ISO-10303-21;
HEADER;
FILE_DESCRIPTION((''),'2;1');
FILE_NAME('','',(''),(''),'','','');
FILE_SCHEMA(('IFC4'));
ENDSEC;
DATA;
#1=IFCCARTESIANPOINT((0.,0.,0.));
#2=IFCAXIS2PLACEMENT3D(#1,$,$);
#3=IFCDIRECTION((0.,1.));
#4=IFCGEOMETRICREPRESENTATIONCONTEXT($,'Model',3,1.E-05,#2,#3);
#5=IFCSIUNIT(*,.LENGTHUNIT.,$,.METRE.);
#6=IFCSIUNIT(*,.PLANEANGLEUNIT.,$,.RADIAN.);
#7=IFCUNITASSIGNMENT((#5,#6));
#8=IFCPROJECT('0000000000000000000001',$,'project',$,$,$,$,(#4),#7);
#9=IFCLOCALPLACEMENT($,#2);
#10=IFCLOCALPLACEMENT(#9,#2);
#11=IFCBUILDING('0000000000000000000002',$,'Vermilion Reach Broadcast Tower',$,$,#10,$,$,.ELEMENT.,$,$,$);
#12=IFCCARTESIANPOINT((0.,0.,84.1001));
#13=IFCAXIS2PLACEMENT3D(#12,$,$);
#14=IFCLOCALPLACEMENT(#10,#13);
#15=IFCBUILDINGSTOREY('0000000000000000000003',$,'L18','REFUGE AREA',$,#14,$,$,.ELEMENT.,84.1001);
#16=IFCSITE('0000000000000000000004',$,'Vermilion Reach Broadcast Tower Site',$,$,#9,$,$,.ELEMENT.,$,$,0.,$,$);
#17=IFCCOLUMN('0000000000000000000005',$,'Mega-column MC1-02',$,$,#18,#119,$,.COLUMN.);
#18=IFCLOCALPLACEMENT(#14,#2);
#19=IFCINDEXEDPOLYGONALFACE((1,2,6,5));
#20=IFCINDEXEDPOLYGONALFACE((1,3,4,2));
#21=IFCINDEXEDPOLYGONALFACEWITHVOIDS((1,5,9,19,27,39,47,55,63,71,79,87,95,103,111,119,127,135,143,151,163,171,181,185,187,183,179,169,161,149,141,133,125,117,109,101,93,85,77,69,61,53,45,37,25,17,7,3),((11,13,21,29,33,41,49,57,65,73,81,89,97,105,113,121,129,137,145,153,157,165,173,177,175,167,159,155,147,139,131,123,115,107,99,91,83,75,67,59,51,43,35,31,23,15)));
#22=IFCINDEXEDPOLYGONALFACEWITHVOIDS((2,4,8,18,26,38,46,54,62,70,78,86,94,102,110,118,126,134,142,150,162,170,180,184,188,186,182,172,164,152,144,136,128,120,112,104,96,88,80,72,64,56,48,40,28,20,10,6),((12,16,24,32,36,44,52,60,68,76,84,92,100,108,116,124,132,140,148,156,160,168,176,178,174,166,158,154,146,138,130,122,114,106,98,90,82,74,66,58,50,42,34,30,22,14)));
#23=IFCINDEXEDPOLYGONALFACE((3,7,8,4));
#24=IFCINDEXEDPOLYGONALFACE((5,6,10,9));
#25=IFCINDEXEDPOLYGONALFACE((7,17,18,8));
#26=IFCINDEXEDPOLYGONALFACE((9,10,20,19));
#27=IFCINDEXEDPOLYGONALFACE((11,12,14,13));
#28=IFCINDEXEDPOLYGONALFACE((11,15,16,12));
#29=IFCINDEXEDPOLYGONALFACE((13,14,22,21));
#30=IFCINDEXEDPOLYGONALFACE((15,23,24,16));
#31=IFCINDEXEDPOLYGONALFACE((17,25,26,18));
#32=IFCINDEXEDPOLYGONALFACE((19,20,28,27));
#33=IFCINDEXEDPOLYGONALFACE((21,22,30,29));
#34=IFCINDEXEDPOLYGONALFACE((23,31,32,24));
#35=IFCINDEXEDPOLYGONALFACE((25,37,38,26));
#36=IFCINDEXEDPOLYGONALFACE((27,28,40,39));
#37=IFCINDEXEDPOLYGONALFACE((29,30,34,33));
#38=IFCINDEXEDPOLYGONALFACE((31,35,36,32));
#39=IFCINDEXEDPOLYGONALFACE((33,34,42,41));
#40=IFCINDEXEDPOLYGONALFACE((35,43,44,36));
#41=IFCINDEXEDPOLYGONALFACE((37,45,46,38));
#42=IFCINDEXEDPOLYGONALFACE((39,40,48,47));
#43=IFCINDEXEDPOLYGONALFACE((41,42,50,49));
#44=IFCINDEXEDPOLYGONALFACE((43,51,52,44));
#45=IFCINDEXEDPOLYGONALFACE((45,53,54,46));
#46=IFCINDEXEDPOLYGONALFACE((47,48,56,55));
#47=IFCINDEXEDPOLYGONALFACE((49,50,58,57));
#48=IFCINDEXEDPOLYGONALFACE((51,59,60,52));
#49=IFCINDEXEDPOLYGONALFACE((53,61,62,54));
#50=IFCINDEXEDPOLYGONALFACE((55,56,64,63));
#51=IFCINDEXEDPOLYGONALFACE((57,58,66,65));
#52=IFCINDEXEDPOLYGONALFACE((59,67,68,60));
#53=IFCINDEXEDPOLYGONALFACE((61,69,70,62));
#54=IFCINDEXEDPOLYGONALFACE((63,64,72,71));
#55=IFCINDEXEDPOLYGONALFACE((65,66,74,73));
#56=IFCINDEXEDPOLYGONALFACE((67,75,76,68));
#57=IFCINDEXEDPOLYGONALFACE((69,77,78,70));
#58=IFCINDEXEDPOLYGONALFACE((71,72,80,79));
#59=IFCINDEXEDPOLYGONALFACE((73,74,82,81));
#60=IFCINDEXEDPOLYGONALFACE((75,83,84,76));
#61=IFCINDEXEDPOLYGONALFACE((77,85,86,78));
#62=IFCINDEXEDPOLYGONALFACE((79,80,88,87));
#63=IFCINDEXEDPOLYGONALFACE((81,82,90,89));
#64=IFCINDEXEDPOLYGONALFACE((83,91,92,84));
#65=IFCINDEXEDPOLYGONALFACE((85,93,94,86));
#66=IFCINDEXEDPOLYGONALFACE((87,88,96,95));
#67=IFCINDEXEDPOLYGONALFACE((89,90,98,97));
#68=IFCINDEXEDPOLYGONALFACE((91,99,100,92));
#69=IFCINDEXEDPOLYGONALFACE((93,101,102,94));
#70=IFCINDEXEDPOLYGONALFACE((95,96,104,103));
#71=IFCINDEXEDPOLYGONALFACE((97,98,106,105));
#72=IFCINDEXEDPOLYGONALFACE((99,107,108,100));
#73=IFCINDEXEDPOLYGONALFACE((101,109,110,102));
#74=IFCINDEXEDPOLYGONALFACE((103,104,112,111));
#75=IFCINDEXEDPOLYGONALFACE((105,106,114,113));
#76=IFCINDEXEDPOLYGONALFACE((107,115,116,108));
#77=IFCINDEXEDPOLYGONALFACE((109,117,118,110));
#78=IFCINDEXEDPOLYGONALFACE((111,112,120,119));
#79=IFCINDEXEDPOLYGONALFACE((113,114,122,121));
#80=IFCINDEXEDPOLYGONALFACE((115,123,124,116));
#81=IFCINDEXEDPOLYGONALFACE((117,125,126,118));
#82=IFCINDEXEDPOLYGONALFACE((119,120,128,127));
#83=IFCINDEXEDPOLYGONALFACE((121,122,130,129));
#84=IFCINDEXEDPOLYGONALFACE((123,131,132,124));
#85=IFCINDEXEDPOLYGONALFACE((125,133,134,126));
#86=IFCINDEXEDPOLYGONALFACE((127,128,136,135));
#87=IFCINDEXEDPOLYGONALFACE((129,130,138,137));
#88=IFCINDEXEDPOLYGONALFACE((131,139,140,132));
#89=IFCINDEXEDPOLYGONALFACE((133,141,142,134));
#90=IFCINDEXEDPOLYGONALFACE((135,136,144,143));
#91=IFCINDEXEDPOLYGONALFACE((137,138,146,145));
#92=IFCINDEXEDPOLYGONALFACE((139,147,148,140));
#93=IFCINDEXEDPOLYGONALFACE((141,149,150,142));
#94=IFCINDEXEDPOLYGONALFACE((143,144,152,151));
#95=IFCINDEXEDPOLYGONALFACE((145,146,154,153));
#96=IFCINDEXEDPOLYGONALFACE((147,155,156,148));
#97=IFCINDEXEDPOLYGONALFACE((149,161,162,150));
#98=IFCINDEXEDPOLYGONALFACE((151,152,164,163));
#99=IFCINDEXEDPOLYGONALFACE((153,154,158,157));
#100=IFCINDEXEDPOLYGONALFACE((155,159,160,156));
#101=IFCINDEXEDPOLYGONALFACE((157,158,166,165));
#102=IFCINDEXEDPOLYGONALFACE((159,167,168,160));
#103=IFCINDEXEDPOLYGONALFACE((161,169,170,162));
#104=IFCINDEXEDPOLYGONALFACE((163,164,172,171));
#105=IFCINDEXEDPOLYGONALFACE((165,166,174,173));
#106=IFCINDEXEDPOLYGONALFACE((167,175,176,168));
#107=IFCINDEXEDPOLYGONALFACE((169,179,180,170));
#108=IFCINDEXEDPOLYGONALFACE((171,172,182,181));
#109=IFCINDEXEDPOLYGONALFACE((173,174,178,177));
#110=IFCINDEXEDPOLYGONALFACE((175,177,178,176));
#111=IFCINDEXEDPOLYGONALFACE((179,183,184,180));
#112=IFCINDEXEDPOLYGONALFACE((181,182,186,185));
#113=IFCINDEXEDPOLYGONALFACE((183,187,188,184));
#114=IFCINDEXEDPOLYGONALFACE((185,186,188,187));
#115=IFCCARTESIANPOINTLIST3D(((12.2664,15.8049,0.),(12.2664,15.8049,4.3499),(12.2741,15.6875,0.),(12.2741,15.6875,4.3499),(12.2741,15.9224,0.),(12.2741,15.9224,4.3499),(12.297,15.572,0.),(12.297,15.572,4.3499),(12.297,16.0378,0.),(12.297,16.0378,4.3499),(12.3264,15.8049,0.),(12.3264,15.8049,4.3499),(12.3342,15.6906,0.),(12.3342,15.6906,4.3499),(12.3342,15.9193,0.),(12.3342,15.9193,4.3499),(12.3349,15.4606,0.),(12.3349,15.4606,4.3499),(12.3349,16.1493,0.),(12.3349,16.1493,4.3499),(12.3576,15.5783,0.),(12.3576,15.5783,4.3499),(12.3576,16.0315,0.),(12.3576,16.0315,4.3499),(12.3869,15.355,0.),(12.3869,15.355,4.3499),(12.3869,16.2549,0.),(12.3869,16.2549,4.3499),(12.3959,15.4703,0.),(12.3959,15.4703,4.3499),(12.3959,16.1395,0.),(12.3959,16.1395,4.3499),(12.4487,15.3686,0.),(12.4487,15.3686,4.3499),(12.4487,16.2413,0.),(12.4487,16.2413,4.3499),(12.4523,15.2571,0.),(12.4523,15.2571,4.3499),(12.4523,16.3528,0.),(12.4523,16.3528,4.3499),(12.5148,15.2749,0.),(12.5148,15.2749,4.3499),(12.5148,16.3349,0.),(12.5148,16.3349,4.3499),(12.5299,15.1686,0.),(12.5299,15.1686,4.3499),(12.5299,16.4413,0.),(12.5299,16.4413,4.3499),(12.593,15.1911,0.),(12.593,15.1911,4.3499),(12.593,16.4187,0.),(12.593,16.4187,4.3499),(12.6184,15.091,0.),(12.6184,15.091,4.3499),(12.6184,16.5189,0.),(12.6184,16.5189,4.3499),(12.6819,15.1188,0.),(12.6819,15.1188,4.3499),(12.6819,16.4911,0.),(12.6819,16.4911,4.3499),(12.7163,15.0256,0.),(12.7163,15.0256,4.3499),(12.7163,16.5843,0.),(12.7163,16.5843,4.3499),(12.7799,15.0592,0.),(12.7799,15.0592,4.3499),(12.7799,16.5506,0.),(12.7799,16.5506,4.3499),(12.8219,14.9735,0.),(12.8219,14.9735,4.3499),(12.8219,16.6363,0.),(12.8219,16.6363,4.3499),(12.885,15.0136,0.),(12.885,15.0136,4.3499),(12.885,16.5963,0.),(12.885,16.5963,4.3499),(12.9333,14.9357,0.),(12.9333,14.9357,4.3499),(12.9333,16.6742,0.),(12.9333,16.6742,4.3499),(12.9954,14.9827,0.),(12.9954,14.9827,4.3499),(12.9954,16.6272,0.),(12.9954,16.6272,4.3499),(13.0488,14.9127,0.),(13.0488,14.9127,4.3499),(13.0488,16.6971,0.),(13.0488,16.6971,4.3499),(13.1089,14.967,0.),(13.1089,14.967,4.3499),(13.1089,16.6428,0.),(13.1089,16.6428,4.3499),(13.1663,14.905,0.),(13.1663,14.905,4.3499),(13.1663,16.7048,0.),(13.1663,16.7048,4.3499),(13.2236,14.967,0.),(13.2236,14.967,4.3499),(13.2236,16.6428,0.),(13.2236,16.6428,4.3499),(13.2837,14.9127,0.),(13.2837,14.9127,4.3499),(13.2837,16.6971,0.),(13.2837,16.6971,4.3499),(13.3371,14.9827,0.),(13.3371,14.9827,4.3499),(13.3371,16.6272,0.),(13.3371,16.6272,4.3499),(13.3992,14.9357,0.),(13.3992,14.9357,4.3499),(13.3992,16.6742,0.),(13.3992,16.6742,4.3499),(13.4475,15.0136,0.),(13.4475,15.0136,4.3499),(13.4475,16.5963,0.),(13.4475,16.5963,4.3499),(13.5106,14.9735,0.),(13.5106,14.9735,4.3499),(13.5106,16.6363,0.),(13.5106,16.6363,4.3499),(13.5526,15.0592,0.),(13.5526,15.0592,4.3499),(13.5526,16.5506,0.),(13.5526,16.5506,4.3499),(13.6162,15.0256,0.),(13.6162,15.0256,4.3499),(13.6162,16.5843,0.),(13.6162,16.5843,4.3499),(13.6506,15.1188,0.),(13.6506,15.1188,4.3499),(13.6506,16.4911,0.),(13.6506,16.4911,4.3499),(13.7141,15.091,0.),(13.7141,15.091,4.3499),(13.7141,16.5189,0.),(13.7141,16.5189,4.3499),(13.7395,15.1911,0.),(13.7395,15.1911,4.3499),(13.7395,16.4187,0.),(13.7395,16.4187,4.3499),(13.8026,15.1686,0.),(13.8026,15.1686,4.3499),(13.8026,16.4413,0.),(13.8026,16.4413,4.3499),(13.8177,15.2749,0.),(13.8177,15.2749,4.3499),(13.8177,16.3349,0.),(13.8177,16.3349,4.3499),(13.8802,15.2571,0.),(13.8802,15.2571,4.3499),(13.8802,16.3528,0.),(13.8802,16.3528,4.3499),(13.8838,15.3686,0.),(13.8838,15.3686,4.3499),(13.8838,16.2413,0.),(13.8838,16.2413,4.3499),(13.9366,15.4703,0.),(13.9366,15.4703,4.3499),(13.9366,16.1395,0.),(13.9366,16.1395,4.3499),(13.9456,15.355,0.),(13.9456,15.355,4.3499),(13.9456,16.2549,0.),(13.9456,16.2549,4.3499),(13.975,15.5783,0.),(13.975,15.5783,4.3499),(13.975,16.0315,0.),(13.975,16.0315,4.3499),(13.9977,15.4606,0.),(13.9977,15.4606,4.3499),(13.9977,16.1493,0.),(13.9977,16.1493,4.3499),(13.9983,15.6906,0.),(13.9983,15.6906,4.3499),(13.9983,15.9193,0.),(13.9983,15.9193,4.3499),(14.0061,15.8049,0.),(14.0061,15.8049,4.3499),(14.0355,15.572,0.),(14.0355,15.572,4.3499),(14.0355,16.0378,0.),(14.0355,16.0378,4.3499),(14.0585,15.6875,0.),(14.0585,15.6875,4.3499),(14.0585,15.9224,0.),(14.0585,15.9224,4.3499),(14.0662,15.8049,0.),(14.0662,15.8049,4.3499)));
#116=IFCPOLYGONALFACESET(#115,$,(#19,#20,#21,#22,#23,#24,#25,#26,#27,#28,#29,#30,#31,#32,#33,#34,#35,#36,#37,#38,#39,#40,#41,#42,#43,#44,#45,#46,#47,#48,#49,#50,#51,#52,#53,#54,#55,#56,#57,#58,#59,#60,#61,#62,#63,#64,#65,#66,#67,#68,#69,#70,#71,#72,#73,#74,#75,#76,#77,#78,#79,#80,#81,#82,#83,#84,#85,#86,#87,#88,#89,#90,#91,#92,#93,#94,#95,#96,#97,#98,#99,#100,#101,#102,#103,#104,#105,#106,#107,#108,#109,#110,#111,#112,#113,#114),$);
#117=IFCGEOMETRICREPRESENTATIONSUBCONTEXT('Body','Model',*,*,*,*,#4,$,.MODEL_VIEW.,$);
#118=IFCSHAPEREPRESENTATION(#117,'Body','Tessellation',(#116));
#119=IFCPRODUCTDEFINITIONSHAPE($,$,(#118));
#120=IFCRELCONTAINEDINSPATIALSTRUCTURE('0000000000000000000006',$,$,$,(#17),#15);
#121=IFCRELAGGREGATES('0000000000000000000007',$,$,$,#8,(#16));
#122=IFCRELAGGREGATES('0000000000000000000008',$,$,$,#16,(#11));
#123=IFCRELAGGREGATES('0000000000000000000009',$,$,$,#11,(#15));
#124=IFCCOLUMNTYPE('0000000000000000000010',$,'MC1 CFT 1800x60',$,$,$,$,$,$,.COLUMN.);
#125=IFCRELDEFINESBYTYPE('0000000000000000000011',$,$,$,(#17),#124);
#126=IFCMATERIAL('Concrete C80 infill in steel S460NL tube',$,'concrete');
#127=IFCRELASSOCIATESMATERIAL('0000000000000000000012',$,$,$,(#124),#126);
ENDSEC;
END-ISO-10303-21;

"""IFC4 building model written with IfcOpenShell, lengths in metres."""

from ifc_helpers import new_model, si_unit, direction, frame, origin, origin_2d, place, context, subcontext, project, spatial, hollow_circle, extrude, material, material_profile, profile_set, type_object, element, save


model = new_model("IFC4")

# Units and contexts
model_context = context("Model", 3, precision=1e-05, world=origin(), true_north=direction((0.0, 1.0)))
body_context = subcontext(model_context, "Body", "Model", "MODEL_VIEW")
ifc_project = project(units=[si_unit("LENGTHUNIT", "METRE"), si_unit("PLANEANGLEUNIT", "RADIAN")], contexts=[model_context])

# Site, building, storey
site_placement = place(None, origin())
site = spatial("IfcSite", under=ifc_project, at=site_placement, Name="Vermilion Reach Broadcast Tower Site", CompositionType="ELEMENT", RefElevation=0.0)
building_placement = place(site_placement, origin())
building = spatial("IfcBuilding", under=site, at=building_placement, Name="Vermilion Reach Broadcast Tower", CompositionType="ELEMENT")
storey_placement = place(building_placement, frame((0.0, 0.0, 84.1001)))
storey = spatial("IfcBuildingStorey", under=building, at=storey_placement, Name="L18", Description="REFUGE AREA", CompositionType="ELEMENT", Elevation=84.1001)

# Column
ifc_material_1 = material(Name="Concrete C80 infill in steel S460NL tube", Category="concrete")
ifc_material_profile_1 = material_profile(ifc_material_1, hollow_circle(Radius=0.8999, WallThickness=0.0601, at=origin_2d()), Name="Concrete C80 infill in steel S460NL tube CFT 1800x60")
ifc_profile_set_1 = profile_set([ifc_material_profile_1], Name="Concrete C80 infill in steel S460NL tube")
column_type = type_object("IfcColumnType", Name="MC1 CFT 1800x60", PredefinedType="COLUMN", material=ifc_profile_set_1)
for number, where, z_axis, x_axis, name in (
    (1, (13.1663, 15.8049, 0.0), (0.0, 0.0, 1.0), (1.0, 0.0, 0.0), "Mega-column MC1-02"),
):
    element("IfcColumn", number, at=place(storey_placement, frame(where, z_axis=z_axis, x_axis=x_axis)), inside=storey, type_object=column_type, Name=name, PredefinedType="COLUMN", context=body_context, shape_type="SweptSolid", body=[
        extrude(hollow_circle(Radius=0.8999, WallThickness=0.0601, at=origin_2d()), origin(), (0.0, 0.0, 1.0), 4.3499),
    ])

save(model, "model.ifc")
